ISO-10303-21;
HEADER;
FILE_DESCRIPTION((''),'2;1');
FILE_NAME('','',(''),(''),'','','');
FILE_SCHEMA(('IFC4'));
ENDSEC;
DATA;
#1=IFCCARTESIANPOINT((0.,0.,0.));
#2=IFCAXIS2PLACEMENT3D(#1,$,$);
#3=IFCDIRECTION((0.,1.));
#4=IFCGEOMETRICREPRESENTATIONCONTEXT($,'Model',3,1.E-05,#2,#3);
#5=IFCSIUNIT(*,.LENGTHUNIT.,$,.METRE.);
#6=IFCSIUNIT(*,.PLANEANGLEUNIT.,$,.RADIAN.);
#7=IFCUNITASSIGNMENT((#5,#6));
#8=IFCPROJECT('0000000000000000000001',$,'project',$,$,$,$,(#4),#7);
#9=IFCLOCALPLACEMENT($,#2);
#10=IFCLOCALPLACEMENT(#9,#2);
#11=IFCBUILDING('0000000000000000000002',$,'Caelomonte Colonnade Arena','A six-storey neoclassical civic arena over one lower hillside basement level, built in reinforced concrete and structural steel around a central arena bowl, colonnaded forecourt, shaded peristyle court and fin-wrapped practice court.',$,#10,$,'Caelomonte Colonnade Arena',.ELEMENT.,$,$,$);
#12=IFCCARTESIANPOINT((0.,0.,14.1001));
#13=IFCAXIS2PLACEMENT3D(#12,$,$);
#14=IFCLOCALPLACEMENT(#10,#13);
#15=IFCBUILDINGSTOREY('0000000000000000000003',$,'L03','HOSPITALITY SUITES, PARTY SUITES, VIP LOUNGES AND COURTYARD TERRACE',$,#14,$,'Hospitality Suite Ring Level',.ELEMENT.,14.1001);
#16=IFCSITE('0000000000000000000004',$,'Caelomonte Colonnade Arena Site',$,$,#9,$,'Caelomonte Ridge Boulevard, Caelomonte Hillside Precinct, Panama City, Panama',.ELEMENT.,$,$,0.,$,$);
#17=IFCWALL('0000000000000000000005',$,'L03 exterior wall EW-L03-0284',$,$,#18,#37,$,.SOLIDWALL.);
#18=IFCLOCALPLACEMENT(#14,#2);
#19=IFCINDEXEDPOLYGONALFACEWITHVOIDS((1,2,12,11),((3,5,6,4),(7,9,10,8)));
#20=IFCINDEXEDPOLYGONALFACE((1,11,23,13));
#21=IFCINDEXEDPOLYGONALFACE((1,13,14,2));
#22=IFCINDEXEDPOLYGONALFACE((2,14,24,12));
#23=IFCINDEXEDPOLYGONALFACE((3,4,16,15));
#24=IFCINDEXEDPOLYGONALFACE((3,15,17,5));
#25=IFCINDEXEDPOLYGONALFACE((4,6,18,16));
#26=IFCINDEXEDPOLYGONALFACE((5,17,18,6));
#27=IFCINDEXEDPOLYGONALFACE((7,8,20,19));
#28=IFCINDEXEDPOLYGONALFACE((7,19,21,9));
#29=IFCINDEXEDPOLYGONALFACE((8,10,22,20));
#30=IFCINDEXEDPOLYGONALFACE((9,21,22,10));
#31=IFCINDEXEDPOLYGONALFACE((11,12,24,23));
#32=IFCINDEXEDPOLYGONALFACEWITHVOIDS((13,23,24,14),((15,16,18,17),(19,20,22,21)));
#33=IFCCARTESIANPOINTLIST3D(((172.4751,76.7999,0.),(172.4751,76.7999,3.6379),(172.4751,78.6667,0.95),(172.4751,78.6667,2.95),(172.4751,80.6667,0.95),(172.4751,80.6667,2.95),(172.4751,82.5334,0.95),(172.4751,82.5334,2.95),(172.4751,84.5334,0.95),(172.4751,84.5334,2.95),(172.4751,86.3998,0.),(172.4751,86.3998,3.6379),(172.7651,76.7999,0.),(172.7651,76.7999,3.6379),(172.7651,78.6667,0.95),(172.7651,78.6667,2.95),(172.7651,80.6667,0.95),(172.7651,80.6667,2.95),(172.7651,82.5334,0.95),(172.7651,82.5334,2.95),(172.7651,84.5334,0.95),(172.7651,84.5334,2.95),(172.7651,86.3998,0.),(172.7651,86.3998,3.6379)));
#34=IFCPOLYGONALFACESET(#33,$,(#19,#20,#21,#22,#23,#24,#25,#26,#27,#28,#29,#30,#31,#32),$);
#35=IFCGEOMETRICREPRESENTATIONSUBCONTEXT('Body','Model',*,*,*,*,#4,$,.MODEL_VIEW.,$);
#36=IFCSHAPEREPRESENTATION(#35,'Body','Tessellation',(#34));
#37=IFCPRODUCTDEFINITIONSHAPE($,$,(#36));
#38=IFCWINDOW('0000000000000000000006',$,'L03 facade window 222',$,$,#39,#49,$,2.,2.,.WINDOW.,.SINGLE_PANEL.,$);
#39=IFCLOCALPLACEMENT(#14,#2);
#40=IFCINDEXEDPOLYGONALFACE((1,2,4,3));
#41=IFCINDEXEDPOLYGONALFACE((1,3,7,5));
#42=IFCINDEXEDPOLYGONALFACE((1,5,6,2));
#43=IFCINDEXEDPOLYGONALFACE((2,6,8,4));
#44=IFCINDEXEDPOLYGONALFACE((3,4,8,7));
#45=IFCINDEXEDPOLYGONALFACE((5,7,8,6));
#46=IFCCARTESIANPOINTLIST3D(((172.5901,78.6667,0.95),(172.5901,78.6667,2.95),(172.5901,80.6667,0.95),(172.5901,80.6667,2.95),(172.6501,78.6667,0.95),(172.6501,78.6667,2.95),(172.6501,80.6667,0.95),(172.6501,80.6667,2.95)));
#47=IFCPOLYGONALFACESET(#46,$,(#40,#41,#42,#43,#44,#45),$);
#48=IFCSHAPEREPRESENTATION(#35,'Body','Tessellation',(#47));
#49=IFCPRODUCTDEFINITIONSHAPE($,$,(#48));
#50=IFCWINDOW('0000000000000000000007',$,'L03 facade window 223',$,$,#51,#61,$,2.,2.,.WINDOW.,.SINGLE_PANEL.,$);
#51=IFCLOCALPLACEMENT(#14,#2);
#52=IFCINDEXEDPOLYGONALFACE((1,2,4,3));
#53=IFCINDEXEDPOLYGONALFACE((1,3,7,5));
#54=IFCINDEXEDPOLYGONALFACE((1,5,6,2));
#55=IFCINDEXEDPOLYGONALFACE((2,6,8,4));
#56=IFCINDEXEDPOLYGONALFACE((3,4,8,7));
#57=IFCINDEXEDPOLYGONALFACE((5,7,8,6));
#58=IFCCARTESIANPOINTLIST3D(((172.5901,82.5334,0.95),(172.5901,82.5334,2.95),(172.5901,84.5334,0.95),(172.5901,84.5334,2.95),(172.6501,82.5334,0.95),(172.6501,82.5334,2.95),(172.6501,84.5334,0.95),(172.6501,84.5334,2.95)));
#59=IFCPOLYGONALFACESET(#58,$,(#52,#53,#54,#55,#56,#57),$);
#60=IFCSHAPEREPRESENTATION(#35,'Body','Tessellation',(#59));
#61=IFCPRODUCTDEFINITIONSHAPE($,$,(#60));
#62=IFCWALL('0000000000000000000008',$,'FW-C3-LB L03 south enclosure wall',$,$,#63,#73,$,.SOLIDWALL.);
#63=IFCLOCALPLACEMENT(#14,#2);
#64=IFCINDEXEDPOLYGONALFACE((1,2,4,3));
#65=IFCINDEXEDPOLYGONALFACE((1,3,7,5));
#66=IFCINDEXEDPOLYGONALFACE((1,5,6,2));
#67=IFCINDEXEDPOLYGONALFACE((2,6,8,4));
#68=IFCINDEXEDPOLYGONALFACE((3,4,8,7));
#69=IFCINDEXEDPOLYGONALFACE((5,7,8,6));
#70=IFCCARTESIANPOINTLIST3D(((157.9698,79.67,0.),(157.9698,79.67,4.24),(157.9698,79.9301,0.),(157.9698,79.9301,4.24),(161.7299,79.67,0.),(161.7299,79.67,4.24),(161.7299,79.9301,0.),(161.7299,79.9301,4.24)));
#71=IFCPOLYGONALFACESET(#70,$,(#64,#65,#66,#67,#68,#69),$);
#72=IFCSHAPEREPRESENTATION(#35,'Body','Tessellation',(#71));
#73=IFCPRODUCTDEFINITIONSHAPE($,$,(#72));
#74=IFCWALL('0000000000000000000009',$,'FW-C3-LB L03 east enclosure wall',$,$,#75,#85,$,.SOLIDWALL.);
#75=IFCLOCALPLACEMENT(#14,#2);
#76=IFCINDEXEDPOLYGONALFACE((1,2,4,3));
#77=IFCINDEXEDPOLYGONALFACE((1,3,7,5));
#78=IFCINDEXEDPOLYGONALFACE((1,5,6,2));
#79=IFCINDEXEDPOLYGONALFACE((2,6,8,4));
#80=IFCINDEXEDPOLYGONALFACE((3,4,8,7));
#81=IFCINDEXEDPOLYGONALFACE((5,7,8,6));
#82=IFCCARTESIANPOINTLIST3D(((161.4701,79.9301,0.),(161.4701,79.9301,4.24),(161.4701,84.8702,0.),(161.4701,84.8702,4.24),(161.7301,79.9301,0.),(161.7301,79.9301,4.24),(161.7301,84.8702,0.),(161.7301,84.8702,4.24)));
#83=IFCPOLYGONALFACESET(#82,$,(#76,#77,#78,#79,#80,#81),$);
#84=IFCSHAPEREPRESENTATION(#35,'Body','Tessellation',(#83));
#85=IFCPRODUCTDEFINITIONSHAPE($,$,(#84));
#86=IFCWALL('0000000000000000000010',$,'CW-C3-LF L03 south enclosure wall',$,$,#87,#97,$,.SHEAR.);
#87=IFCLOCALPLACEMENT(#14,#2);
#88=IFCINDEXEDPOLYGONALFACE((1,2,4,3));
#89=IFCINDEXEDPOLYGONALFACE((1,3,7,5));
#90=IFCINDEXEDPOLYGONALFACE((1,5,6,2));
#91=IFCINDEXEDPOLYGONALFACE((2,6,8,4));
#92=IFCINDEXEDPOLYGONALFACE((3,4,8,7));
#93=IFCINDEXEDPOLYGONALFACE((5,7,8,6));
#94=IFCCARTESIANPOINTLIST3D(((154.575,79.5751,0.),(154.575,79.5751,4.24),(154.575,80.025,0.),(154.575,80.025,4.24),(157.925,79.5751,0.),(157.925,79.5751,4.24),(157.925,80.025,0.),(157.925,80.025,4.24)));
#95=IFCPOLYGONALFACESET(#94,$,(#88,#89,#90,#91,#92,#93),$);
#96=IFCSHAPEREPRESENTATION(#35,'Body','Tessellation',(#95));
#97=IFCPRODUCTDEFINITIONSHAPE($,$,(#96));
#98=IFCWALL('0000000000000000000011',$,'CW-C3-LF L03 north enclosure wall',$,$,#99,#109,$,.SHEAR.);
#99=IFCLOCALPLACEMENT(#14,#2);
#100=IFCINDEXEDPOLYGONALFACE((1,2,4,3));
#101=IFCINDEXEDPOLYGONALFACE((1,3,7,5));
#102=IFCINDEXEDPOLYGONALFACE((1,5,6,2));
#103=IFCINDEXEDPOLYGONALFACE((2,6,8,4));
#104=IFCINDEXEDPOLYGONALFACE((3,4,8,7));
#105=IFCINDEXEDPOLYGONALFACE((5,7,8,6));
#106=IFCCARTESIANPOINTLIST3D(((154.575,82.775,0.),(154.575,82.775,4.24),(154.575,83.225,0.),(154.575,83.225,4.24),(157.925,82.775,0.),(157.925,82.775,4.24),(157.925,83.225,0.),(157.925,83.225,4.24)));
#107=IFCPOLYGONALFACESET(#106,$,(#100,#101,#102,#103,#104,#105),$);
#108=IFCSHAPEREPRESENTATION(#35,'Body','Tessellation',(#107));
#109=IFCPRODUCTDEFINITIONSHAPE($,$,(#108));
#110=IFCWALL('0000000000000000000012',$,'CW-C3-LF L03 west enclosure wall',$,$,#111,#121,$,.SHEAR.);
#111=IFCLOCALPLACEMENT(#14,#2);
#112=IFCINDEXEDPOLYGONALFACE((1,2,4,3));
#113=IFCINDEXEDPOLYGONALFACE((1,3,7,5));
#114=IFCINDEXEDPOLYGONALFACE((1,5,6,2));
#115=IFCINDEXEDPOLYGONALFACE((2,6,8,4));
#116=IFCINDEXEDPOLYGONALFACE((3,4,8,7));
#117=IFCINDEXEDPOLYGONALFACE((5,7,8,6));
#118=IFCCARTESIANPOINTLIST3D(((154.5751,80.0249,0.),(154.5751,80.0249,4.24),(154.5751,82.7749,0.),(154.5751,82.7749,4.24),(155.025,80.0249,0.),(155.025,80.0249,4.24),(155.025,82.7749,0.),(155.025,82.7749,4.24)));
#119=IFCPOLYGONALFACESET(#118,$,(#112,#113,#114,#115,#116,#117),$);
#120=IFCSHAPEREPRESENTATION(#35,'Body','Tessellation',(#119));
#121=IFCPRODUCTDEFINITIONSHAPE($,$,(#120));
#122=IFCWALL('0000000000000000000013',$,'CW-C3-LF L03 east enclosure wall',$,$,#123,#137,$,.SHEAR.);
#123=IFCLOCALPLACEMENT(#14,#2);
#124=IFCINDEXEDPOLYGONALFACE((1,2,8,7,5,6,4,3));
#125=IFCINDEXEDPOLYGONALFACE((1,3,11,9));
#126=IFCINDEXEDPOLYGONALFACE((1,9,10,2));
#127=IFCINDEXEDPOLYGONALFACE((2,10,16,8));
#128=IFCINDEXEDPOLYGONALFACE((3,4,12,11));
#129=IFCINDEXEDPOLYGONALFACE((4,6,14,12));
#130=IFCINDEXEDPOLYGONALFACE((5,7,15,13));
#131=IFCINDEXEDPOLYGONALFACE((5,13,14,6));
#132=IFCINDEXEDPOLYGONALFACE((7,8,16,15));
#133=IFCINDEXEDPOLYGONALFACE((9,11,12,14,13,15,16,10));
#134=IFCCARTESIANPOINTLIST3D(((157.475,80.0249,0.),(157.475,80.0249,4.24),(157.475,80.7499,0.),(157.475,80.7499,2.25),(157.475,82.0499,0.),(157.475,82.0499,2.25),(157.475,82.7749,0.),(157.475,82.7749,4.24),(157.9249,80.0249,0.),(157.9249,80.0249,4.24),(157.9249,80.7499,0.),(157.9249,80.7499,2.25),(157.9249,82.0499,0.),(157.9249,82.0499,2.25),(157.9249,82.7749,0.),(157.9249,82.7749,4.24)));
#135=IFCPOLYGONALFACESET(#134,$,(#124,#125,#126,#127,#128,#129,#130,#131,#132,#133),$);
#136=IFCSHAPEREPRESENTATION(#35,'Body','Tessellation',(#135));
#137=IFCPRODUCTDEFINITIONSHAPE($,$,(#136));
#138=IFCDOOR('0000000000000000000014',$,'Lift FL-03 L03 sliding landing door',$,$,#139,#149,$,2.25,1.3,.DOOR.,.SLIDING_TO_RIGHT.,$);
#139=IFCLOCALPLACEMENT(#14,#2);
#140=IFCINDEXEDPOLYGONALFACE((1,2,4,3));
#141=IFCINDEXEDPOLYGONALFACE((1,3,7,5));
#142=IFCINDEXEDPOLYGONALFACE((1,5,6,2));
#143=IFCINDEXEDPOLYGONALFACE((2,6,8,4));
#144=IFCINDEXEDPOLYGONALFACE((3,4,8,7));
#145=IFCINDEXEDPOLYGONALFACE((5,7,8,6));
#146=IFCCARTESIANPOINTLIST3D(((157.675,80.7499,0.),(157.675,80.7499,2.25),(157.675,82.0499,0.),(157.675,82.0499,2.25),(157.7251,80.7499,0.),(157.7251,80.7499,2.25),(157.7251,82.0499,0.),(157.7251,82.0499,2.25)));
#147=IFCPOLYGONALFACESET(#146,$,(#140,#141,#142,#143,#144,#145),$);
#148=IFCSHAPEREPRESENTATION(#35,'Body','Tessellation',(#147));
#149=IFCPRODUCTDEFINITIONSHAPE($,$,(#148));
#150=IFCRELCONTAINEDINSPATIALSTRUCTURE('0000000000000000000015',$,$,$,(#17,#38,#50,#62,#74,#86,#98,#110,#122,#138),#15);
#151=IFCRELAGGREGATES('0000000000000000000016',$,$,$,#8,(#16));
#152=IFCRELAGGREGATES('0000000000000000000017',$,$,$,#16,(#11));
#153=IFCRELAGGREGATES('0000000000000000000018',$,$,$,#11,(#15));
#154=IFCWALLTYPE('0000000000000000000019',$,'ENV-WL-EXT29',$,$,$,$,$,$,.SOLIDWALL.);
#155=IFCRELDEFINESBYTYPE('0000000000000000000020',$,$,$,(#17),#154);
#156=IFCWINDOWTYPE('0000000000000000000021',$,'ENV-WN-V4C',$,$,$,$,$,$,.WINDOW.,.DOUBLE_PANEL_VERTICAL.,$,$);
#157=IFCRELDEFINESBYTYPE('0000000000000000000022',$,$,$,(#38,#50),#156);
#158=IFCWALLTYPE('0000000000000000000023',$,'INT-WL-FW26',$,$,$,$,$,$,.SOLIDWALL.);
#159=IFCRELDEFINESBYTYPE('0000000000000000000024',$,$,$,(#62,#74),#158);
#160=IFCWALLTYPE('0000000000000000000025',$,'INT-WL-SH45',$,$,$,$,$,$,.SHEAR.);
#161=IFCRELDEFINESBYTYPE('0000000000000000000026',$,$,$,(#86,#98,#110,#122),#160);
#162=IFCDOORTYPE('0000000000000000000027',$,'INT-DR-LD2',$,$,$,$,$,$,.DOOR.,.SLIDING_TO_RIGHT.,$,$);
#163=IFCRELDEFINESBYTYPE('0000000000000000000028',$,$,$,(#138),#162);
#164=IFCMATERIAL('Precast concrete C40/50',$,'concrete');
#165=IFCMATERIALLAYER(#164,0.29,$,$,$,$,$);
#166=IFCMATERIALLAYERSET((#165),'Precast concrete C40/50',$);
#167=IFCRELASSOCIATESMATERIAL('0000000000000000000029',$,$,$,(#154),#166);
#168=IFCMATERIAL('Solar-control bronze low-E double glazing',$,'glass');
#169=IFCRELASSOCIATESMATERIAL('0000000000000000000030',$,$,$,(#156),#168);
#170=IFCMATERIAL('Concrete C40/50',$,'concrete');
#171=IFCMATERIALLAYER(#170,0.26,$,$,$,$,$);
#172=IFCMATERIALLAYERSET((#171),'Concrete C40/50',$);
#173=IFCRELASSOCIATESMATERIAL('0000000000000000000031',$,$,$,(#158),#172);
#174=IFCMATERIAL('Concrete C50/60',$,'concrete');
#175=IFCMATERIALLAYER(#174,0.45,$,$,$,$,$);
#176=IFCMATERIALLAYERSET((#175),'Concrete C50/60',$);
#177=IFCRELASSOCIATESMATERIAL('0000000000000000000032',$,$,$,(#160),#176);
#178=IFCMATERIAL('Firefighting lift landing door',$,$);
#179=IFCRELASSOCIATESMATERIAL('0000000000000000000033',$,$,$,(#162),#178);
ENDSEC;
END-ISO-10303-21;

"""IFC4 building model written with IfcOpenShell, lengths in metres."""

from ifc_helpers import new_model, si_unit, direction, frame, frame_2d, origin, place, context, subcontext, project, spatial, rectangle, extrude, material, layer, layer_set, type_object, element, fill, save


model = new_model("IFC4")

# Units and contexts
model_context = context("Model", 3, precision=1e-05, world=origin(), true_north=direction((0.0, 1.0)))
body_context = subcontext(model_context, "Body", "Model", "MODEL_VIEW")
ifc_project = project(units=[si_unit("LENGTHUNIT", "METRE"), si_unit("PLANEANGLEUNIT", "RADIAN")], contexts=[model_context])

# Site, building, storey
site_placement = place(None, origin())
site = spatial("IfcSite", under=ifc_project, at=site_placement, Name="Caelomonte Colonnade Arena Site", LongName="Caelomonte Ridge Boulevard, Caelomonte Hillside Precinct, Panama City, Panama", CompositionType="ELEMENT", RefElevation=0.0)
building_placement = place(site_placement, origin())
building = spatial("IfcBuilding", under=site, at=building_placement, Name="Caelomonte Colonnade Arena", Description="A six-storey neoclassical civic arena over one lower hillside basement level, built in reinforced concrete and structural steel around a central arena bowl, colonnaded forecourt, shaded peristyle court and fin-wrapped practice court.", LongName="Caelomonte Colonnade Arena", CompositionType="ELEMENT")
storey_placement = place(building_placement, frame((0.0, 0.0, 14.1001)))
storey = spatial("IfcBuildingStorey", under=building, at=storey_placement, Name="L03", Description="HOSPITALITY SUITES, PARTY SUITES, VIP LOUNGES AND COURTYARD TERRACE", LongName="Hospitality Suite Ring Level", CompositionType="ELEMENT", Elevation=14.1001)

# Shared definitions
ifc_material_1 = material(Name="Concrete C40/50", Category="concrete")

# Wall, openings, windows
ifc_material_2 = material(Name="Precast concrete C40/50", Category="concrete")
ifc_layer_1 = layer(ifc_material_2, 0.29)
ifc_layer_set_1 = layer_set([ifc_layer_1], Name="Precast concrete C40/50")
wall_type_1 = type_object("IfcWallType", Name="ENV-WL-EXT29", PredefinedType="SOLIDWALL", material=ifc_layer_set_1)
wall_1_placement = place(storey_placement, frame((172.6201, 76.8, 0.0), z_axis=(0.0, 0.0, 1.0), x_axis=(0.0, 1.0, 0.0)))
wall_1 = element("IfcWall", 1, at=wall_1_placement, inside=storey, type_object=wall_type_1, Name="L03 exterior wall EW-L03-0284", PredefinedType="SOLIDWALL", context=body_context, shape_type="SweptSolid", body=[
    extrude(rectangle(XDim=9.5999, YDim=0.29, at=frame_2d((4.7998, 0.0))), origin(), (0.0, 0.0, 1.0), 3.6379),
])
opening_1_placement = place(wall_1_placement, frame((3.8667, 0.0, 0.95), z_axis=(0.0, 0.0, 1.0), x_axis=(-1.0, 0.0, 0.0)))
opening_1 = element("IfcOpeningElement", 2, at=opening_1_placement, cuts=wall_1, PredefinedType="OPENING", context=body_context, shape_type="SweptSolid", body=[
    extrude(rectangle(XDim=2.0, YDim=2.0, at=frame_2d((1.0, 1.0))), frame((0.0, 0.155, 0.0), z_axis=(0.0, -1.0, 0.0), x_axis=(1.0, 0.0, 0.0)), (0.0, 0.0, 1.0), 0.3101),
])
opening_2_placement = place(wall_1_placement, frame((7.7334, 0.0, 0.95), z_axis=(0.0, 0.0, 1.0), x_axis=(-1.0, 0.0, 0.0)))
opening_2 = element("IfcOpeningElement", 3, at=opening_2_placement, cuts=wall_1, PredefinedType="OPENING", context=body_context, shape_type="SweptSolid", body=[
    extrude(rectangle(XDim=2.0, YDim=2.0, at=frame_2d((1.0, 1.0))), frame((0.0, 0.155, 0.0), z_axis=(0.0, -1.0, 0.0), x_axis=(1.0, 0.0, 0.0)), (0.0, 0.0, 1.0), 0.3101),
])
ifc_material_3 = material(Name="Solar-control bronze low-E double glazing", Category="glass")
window_type = type_object("IfcWindowType", Name="ENV-WN-V4C", PartitioningType="DOUBLE_PANEL_VERTICAL", PredefinedType="WINDOW", material=ifc_material_3)
window_1_placement = place(opening_1_placement, origin())
window_1 = element("IfcWindow", 4, at=window_1_placement, inside=storey, type_object=window_type, Name="L03 facade window 222", OverallHeight=2.0, OverallWidth=2.0, PartitioningType="SINGLE_PANEL", PredefinedType="WINDOW", context=body_context, shape_type="SweptSolid", body=[
    extrude(rectangle(XDim=2.0, YDim=2.0, at=frame_2d((1.0, 1.0))), frame((0.0, 0.03, 0.0), z_axis=(0.0, -1.0, 0.0), x_axis=(1.0, 0.0, 0.0)), (0.0, 0.0, 1.0), 0.0601),
])
fill(opening_1, window_1)
window_2_placement = place(opening_2_placement, origin())
window_2 = element("IfcWindow", 5, at=window_2_placement, inside=storey, type_object=window_type, Name="L03 facade window 223", OverallHeight=2.0, OverallWidth=2.0, PartitioningType="SINGLE_PANEL", PredefinedType="WINDOW", context=body_context, shape_type="SweptSolid", body=[
    extrude(rectangle(XDim=2.0, YDim=2.0, at=frame_2d((1.0, 1.0))), frame((0.0, 0.03, 0.0), z_axis=(0.0, -1.0, 0.0), x_axis=(1.0, 0.0, 0.0)), (0.0, 0.0, 1.0), 0.0601),
])
fill(opening_2, window_2)

# Walls
ifc_layer_2 = layer(ifc_material_1, 0.26)
ifc_layer_set_2 = layer_set([ifc_layer_2], Name="Concrete C40/50")
wall_type_2 = type_object("IfcWallType", Name="INT-WL-FW26", PredefinedType="SOLIDWALL", material=ifc_layer_set_2)
wall_2_placement = place(storey_placement, frame((157.97, 79.8, 0.0), z_axis=(0.0, 0.0, 1.0), x_axis=(1.0, 0.0, 0.0)))
element("IfcWall", 6, at=wall_2_placement, inside=storey, type_object=wall_type_2, Name="FW-C3-LB L03 south enclosure wall", PredefinedType="SOLIDWALL", context=body_context, shape_type="SweptSolid", body=[
    extrude(rectangle(XDim=3.76, YDim=0.26, at=frame_2d((1.8799, 0.0))), origin(), (0.0, 0.0, 1.0), 4.24),
])
wall_3_placement = place(storey_placement, frame((161.6001, 79.9299, 0.0), z_axis=(0.0, 0.0, 1.0), x_axis=(0.0, 1.0, 0.0)))
element("IfcWall", 7, at=wall_3_placement, inside=storey, type_object=wall_type_2, Name="FW-C3-LB L03 east enclosure wall", PredefinedType="SOLIDWALL", context=body_context, shape_type="SweptSolid", body=[
    extrude(rectangle(XDim=4.9402, YDim=0.26, at=frame_2d((2.4702, 0.0))), origin(), (0.0, 0.0, 1.0), 4.24),
])
ifc_material_4 = material(Name="Concrete C50/60", Category="concrete")
ifc_layer_3 = layer(ifc_material_4, 0.45)
ifc_layer_set_3 = layer_set([ifc_layer_3], Name="Concrete C50/60")
wall_type_3 = type_object("IfcWallType", Name="INT-WL-SH45", PredefinedType="SHEAR", material=ifc_layer_set_3)
for number, where, z_axis, x_axis, name in (
    (8, (154.575, 79.8, 0.0), (0.0, 0.0, 1.0), (1.0, 0.0, 0.0), "CW-C3-LF L03 south enclosure wall"),
    (9, (157.925, 83.0, 0.0), (0.0, 0.0, 1.0), (-1.0, 0.0, 0.0), "CW-C3-LF L03 north enclosure wall"),
):
    element("IfcWall", number, at=place(storey_placement, frame(where, z_axis=z_axis, x_axis=x_axis)), inside=storey, type_object=wall_type_3, Name=name, PredefinedType="SHEAR", context=body_context, shape_type="SweptSolid", body=[
        extrude(rectangle(XDim=3.3501, YDim=0.45, at=frame_2d((1.675, 0.0))), origin(), (0.0, 0.0, 1.0), 4.24),
    ])
wall_4_placement = place(storey_placement, frame((154.8, 82.7749, 0.0), z_axis=(0.0, 0.0, 1.0), x_axis=(0.0, -1.0, 0.0)))
element("IfcWall", 10, at=wall_4_placement, inside=storey, type_object=wall_type_3, Name="CW-C3-LF L03 west enclosure wall", PredefinedType="SHEAR", context=body_context, shape_type="SweptSolid", body=[
    extrude(rectangle(XDim=2.75, YDim=0.45, at=frame_2d((1.375, 0.0))), origin(), (0.0, 0.0, 1.0), 4.24),
])

# Wall, opening, door
wall_5_placement = place(storey_placement, frame((157.7, 80.0249, 0.0), z_axis=(0.0, 0.0, 1.0), x_axis=(0.0, 1.0, 0.0)))
wall_5 = element("IfcWall", 11, at=wall_5_placement, inside=storey, type_object=wall_type_3, Name="CW-C3-LF L03 east enclosure wall", PredefinedType="SHEAR", context=body_context, shape_type="SweptSolid", body=[
    extrude(rectangle(XDim=2.75, YDim=0.45, at=frame_2d((1.375, 0.0))), origin(), (0.0, 0.0, 1.0), 4.24),
])
opening_3_placement = place(wall_5_placement, frame((0.7251, 0.0, 0.0), z_axis=(0.0, 0.0, 1.0), x_axis=(1.0, 0.0, 0.0)))
opening_3 = element("IfcOpeningElement", 12, at=opening_3_placement, cuts=wall_5, PredefinedType="OPENING", context=body_context, shape_type="SweptSolid", body=[
    extrude(rectangle(XDim=1.3, YDim=2.25, at=frame_2d((0.6499, 1.125))), frame((0.0, 0.2349, 0.0), z_axis=(0.0, -1.0, 0.0), x_axis=(1.0, 0.0, 0.0)), (0.0, 0.0, 1.0), 0.47),
])
ifc_material_5 = material(Name="Firefighting lift landing door")
door_type = type_object("IfcDoorType", Name="INT-DR-LD2", OperationType="SLIDING_TO_RIGHT", PredefinedType="DOOR", material=ifc_material_5)
door_placement = place(opening_3_placement, origin())
door = element("IfcDoor", 13, at=door_placement, inside=storey, type_object=door_type, Name="Lift FL-03 L03 sliding landing door", OperationType="SLIDING_TO_RIGHT", OverallHeight=2.25, OverallWidth=1.3, PredefinedType="DOOR", context=body_context, shape_type="SweptSolid", body=[
    extrude(rectangle(XDim=1.3, YDim=2.25, at=frame_2d((0.6499, 1.125))), frame((0.0, 0.0249, 0.0), z_axis=(0.0, -1.0, 0.0), x_axis=(1.0, 0.0, 0.0)), (0.0, 0.0, 1.0), 0.05),
])
fill(opening_3, door)

save(model, "model.ifc")
